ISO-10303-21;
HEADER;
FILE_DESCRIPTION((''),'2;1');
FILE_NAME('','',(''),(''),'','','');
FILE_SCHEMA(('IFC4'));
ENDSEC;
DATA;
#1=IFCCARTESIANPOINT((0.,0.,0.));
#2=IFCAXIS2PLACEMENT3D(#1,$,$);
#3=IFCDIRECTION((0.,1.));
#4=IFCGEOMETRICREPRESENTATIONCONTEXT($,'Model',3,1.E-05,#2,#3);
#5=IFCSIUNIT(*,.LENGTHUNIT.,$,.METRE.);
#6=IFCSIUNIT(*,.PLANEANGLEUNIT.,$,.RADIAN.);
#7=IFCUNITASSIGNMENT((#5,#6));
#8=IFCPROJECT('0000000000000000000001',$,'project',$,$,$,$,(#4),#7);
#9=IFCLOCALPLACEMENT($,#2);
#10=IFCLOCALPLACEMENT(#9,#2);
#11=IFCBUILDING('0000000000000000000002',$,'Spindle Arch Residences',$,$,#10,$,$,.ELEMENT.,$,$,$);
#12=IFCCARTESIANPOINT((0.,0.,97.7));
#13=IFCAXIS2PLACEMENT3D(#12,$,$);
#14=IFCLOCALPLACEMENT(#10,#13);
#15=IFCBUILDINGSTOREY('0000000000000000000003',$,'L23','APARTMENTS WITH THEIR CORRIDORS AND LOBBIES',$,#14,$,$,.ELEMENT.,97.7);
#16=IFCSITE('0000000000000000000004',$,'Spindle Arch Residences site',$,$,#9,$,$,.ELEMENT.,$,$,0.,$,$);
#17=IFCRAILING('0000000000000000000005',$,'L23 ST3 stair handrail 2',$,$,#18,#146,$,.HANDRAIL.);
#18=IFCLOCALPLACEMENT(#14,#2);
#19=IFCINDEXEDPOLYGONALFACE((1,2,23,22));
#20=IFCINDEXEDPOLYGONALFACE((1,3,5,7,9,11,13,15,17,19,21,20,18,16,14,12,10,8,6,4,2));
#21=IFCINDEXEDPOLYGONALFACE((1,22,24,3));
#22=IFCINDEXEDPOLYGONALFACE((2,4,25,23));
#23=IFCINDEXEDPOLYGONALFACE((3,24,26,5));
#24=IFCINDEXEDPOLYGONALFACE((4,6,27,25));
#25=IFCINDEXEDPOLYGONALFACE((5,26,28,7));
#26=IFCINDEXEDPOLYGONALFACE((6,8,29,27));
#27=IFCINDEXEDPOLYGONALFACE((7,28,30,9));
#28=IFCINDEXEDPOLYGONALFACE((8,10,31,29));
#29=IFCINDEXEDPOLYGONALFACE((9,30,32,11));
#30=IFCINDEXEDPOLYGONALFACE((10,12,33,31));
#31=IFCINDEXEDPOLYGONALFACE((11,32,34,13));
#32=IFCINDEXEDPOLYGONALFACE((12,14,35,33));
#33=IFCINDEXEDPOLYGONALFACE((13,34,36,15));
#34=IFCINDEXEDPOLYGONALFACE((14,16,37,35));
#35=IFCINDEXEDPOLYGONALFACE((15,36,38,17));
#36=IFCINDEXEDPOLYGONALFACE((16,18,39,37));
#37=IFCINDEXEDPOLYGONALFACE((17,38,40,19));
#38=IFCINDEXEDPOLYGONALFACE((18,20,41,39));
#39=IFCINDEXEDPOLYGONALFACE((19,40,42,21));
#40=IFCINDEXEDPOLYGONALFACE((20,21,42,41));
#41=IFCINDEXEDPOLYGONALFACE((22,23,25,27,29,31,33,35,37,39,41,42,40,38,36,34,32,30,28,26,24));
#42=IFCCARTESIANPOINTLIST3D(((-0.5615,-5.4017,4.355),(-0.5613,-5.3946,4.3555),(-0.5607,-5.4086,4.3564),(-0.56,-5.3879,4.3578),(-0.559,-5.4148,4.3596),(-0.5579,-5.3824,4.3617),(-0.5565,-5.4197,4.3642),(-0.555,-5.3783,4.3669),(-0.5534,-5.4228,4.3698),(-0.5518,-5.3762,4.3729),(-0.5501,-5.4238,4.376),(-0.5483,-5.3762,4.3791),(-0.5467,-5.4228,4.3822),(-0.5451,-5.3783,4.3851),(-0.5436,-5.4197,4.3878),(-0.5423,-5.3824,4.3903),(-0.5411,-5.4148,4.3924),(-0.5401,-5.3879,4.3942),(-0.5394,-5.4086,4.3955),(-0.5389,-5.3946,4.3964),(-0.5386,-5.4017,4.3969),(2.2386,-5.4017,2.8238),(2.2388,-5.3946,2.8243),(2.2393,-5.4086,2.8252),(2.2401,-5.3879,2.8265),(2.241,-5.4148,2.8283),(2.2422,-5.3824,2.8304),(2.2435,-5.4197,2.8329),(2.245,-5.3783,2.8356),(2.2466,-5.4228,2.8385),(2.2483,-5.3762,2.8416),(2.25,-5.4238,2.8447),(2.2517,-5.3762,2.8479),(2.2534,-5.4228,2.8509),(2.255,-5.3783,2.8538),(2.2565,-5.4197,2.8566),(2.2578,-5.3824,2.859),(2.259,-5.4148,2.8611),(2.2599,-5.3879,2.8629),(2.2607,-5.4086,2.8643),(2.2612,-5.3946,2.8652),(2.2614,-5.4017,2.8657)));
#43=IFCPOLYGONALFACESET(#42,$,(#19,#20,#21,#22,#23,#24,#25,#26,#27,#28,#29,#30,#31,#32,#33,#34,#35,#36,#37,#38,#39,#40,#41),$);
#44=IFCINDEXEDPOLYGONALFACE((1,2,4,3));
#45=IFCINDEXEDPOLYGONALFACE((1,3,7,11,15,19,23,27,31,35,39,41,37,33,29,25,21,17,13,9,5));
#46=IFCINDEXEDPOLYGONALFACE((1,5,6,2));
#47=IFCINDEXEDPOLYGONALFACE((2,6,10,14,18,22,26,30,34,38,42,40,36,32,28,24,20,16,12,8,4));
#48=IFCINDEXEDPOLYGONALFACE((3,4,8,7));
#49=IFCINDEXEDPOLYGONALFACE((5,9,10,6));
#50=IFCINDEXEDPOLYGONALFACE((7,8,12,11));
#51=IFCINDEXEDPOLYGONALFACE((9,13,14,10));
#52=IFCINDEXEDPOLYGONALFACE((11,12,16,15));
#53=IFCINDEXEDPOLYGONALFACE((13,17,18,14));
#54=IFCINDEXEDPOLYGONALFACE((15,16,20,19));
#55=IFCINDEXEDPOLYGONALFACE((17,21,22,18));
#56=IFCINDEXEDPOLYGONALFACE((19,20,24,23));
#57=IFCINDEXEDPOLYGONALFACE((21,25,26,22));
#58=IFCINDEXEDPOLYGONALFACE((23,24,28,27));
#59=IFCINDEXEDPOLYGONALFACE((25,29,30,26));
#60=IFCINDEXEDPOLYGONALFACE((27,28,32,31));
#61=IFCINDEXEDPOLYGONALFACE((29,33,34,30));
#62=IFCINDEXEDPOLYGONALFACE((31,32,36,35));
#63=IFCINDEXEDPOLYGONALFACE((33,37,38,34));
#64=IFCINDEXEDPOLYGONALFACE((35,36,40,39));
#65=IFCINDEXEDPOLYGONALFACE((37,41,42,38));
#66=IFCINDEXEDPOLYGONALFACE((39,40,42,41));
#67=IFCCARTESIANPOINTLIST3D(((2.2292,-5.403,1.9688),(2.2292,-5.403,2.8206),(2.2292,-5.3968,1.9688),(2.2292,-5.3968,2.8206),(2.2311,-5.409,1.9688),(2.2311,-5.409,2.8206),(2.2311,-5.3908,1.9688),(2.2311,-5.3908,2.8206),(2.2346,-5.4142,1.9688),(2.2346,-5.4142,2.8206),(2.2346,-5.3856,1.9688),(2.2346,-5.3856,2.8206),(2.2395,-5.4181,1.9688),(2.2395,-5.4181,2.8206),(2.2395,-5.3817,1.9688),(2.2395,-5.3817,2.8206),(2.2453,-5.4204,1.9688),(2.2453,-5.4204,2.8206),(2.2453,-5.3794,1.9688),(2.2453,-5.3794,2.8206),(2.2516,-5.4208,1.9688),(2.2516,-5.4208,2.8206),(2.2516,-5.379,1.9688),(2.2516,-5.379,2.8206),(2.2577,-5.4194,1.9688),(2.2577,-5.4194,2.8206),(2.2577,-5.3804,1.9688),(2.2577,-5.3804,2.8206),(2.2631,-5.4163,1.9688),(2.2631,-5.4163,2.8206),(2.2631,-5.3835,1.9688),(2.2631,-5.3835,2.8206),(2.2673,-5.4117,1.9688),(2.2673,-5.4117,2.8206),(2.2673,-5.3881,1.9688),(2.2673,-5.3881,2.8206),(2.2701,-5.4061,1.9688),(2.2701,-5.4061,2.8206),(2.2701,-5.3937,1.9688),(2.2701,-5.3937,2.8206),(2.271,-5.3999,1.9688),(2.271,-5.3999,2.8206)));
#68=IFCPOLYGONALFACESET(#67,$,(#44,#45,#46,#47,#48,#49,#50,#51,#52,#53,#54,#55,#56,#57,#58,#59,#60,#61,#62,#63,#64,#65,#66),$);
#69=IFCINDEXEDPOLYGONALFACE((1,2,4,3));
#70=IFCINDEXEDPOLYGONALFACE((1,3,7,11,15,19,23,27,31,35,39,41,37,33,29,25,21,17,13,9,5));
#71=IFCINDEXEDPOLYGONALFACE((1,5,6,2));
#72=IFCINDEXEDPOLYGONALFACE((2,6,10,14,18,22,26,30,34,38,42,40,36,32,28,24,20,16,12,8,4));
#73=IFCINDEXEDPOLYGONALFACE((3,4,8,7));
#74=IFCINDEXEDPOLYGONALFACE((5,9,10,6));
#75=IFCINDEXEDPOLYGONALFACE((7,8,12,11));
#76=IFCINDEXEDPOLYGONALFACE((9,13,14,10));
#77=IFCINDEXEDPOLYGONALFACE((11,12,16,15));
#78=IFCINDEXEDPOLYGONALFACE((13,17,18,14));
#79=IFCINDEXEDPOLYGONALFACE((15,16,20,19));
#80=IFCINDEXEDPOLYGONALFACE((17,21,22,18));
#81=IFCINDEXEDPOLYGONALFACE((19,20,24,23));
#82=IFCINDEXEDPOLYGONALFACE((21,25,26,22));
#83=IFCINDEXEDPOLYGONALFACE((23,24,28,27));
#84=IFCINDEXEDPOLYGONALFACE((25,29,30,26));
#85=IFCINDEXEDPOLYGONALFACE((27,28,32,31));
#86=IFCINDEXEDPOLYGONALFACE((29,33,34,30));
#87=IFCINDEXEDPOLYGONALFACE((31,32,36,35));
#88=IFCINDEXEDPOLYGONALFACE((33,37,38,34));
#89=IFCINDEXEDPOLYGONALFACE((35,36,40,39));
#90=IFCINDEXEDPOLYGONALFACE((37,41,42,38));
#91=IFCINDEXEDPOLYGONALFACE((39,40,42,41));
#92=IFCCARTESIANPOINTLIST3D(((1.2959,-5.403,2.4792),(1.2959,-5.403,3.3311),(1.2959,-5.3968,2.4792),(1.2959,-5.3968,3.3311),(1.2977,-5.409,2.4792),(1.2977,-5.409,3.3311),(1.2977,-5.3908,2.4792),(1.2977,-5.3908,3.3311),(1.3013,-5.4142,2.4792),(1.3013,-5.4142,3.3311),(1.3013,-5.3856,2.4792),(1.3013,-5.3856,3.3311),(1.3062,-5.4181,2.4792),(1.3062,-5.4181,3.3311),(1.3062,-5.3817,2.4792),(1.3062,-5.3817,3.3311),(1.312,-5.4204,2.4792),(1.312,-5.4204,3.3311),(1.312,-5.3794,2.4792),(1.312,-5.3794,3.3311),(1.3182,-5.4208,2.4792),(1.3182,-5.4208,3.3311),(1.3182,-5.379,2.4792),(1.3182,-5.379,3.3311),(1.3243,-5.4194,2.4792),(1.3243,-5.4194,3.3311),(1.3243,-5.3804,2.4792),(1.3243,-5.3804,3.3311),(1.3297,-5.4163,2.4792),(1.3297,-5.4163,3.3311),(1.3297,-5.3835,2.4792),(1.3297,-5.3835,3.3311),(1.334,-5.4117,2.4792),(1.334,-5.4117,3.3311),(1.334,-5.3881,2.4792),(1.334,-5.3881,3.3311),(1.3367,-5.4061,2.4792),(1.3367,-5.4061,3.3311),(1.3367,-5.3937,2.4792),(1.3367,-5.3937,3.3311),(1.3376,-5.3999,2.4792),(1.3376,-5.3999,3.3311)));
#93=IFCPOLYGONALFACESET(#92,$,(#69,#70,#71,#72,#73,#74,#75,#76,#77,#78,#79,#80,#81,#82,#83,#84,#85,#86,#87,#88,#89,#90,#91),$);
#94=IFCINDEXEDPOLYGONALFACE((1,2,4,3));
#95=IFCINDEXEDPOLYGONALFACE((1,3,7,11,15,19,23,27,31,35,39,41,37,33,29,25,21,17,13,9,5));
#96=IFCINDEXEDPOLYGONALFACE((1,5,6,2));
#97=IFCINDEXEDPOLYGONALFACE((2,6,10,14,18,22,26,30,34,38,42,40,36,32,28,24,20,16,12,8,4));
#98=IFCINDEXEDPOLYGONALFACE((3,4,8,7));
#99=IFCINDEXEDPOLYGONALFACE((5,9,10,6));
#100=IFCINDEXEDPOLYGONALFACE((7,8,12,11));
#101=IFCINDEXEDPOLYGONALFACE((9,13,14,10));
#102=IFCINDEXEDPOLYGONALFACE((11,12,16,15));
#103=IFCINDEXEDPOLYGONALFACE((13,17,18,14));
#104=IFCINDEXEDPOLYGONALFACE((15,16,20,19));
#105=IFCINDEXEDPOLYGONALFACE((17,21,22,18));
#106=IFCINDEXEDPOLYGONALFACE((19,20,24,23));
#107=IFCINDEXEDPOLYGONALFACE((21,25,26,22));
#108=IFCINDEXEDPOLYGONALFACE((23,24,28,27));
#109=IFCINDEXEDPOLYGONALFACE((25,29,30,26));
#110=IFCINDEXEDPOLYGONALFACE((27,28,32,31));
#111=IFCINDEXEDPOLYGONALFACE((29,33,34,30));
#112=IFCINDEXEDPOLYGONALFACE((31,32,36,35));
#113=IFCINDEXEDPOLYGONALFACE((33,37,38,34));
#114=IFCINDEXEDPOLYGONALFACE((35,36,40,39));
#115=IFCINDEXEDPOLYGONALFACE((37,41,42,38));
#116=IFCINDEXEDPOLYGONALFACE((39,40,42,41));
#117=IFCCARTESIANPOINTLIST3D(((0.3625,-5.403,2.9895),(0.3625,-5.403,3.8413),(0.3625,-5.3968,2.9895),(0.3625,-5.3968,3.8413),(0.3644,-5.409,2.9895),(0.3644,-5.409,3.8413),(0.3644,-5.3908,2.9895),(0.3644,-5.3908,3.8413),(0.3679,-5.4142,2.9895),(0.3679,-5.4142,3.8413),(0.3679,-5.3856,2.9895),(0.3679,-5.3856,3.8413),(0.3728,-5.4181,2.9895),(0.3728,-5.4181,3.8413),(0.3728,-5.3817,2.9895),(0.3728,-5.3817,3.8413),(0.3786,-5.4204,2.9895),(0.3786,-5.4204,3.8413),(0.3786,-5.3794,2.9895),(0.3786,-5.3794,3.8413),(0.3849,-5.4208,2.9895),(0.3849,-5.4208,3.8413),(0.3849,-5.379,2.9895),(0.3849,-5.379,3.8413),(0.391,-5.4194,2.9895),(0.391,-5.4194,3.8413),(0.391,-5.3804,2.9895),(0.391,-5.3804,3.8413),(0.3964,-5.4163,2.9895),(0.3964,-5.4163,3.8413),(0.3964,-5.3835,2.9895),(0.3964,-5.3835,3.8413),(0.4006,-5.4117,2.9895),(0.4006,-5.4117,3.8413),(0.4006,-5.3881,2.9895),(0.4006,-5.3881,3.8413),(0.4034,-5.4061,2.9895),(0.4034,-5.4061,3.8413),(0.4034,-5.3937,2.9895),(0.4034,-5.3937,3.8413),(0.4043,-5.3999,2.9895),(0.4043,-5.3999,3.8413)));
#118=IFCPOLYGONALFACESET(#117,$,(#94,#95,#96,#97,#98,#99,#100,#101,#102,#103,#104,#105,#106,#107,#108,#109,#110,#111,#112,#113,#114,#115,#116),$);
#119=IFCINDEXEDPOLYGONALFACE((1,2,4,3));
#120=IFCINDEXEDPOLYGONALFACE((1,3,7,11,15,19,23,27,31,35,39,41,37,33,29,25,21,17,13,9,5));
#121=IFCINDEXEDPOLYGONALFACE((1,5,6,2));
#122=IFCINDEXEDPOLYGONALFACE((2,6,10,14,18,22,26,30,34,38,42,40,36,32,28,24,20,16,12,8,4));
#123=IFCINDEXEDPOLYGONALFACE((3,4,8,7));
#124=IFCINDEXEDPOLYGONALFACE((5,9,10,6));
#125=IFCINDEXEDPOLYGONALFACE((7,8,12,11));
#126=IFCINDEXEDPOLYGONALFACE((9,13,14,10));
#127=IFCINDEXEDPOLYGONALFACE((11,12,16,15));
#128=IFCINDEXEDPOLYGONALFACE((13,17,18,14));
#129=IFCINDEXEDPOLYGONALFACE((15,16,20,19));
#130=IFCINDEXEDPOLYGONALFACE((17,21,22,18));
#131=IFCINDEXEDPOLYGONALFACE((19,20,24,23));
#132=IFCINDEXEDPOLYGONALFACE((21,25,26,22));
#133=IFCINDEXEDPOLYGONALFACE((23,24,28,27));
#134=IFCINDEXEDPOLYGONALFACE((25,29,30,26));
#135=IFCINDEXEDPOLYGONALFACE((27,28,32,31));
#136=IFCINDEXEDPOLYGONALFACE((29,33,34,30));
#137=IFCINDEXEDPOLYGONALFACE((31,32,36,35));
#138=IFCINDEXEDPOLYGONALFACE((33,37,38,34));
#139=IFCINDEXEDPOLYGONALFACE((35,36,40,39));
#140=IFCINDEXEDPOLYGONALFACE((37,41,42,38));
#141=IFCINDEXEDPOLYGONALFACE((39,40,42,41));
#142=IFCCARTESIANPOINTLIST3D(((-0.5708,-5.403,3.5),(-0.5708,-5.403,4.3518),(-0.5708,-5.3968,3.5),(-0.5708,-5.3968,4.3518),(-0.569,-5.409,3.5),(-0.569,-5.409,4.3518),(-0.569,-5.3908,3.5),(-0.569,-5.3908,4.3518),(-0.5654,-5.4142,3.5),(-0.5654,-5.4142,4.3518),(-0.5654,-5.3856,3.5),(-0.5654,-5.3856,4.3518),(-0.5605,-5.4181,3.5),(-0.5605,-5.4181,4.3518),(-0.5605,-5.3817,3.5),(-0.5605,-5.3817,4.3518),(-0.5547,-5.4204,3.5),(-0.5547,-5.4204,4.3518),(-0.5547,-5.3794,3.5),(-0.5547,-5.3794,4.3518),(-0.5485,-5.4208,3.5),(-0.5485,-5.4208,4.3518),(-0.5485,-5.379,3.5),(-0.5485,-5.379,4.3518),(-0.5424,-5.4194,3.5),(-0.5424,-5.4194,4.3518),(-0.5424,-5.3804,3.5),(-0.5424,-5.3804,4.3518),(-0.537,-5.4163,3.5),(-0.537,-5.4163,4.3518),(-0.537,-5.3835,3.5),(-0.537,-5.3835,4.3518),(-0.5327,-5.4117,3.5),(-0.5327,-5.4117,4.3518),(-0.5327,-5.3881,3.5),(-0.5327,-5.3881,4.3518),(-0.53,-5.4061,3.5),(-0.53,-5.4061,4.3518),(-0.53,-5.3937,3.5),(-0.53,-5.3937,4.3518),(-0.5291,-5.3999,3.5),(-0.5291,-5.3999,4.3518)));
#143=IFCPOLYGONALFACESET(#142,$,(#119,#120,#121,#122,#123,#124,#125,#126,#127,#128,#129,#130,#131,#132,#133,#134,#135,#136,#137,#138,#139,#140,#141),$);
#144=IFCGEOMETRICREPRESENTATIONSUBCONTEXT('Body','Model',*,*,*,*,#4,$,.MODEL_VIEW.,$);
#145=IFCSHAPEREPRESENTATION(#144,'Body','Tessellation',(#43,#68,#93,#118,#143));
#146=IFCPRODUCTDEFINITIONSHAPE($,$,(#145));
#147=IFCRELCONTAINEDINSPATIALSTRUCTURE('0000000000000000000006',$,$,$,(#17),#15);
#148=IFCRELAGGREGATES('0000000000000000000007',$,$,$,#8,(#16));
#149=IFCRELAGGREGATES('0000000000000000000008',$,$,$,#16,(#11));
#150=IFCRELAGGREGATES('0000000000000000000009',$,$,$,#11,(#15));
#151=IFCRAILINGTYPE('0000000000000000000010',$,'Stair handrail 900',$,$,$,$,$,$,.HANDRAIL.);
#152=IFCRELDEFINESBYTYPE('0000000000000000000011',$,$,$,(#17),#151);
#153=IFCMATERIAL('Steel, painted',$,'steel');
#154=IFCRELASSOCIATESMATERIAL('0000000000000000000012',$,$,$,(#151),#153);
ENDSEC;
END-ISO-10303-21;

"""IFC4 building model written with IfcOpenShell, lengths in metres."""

from ifc_helpers import new_model, si_unit, direction, frame, origin, origin_2d, place, context, subcontext, project, spatial, circle, extrude, material, type_object, element, save


model = new_model("IFC4")

# Units and contexts
model_context = context("Model", 3, precision=1e-05, world=origin(), true_north=direction((0.0, 1.0)))
body_context = subcontext(model_context, "Body", "Model", "MODEL_VIEW")
ifc_project = project(units=[si_unit("LENGTHUNIT", "METRE"), si_unit("PLANEANGLEUNIT", "RADIAN")], contexts=[model_context])

# Site, building, storey
site_placement = place(None, origin())
site = spatial("IfcSite", under=ifc_project, at=site_placement, Name="Spindle Arch Residences site", CompositionType="ELEMENT", RefElevation=0.0)
building_placement = place(site_placement, origin())
building = spatial("IfcBuilding", under=site, at=building_placement, Name="Spindle Arch Residences", CompositionType="ELEMENT")
storey_placement = place(building_placement, frame((0.0, 0.0, 97.7)))
storey = spatial("IfcBuildingStorey", under=building, at=storey_placement, Name="L23", Description="APARTMENTS WITH THEIR CORRIDORS AND LOBBIES", CompositionType="ELEMENT", Elevation=97.7)

# Railing
ifc_material_1 = material(Name="Steel, painted", Category="steel")
railing_type_1 = type_object("IfcRailingType", Name="Stair handrail 900", PredefinedType="HANDRAIL", material=ifc_material_1)
railing_1_placement = place(storey_placement, frame((2.25, -5.3999, 1.9688)))
element("IfcRailing", 1, at=railing_1_placement, inside=storey, type_object=railing_type_1, Name="L23 ST3 stair handrail 2", PredefinedType="HANDRAIL", context=body_context, shape_type="SweptSolid", body=[
    extrude(circle(Radius=0.0239, at=origin_2d()), frame((0.0, 0.0, 0.876), z_axis=(-0.877375, 0.0, 0.479806), x_axis=(0.0, -1.0, 0.0)), (0.0, 0.0, 1.0), 3.1914),
    extrude(circle(Radius=0.021, at=origin_2d()), origin(), (0.0, 0.0, 1.0), 0.8518),
    extrude(circle(Radius=0.021, at=origin_2d()), frame((-0.9333, 0.0, 0.5105)), (0.0, 0.0, 1.0), 0.8518),
    extrude(circle(Radius=0.021, at=origin_2d()), frame((-1.8667, 0.0, 1.0208)), (0.0, 0.0, 1.0), 0.8518),
    extrude(circle(Radius=0.021, at=origin_2d()), frame((-2.8, 0.0, 1.5312)), (0.0, 0.0, 1.0), 0.8518),
])

save(model, "model.ifc")
